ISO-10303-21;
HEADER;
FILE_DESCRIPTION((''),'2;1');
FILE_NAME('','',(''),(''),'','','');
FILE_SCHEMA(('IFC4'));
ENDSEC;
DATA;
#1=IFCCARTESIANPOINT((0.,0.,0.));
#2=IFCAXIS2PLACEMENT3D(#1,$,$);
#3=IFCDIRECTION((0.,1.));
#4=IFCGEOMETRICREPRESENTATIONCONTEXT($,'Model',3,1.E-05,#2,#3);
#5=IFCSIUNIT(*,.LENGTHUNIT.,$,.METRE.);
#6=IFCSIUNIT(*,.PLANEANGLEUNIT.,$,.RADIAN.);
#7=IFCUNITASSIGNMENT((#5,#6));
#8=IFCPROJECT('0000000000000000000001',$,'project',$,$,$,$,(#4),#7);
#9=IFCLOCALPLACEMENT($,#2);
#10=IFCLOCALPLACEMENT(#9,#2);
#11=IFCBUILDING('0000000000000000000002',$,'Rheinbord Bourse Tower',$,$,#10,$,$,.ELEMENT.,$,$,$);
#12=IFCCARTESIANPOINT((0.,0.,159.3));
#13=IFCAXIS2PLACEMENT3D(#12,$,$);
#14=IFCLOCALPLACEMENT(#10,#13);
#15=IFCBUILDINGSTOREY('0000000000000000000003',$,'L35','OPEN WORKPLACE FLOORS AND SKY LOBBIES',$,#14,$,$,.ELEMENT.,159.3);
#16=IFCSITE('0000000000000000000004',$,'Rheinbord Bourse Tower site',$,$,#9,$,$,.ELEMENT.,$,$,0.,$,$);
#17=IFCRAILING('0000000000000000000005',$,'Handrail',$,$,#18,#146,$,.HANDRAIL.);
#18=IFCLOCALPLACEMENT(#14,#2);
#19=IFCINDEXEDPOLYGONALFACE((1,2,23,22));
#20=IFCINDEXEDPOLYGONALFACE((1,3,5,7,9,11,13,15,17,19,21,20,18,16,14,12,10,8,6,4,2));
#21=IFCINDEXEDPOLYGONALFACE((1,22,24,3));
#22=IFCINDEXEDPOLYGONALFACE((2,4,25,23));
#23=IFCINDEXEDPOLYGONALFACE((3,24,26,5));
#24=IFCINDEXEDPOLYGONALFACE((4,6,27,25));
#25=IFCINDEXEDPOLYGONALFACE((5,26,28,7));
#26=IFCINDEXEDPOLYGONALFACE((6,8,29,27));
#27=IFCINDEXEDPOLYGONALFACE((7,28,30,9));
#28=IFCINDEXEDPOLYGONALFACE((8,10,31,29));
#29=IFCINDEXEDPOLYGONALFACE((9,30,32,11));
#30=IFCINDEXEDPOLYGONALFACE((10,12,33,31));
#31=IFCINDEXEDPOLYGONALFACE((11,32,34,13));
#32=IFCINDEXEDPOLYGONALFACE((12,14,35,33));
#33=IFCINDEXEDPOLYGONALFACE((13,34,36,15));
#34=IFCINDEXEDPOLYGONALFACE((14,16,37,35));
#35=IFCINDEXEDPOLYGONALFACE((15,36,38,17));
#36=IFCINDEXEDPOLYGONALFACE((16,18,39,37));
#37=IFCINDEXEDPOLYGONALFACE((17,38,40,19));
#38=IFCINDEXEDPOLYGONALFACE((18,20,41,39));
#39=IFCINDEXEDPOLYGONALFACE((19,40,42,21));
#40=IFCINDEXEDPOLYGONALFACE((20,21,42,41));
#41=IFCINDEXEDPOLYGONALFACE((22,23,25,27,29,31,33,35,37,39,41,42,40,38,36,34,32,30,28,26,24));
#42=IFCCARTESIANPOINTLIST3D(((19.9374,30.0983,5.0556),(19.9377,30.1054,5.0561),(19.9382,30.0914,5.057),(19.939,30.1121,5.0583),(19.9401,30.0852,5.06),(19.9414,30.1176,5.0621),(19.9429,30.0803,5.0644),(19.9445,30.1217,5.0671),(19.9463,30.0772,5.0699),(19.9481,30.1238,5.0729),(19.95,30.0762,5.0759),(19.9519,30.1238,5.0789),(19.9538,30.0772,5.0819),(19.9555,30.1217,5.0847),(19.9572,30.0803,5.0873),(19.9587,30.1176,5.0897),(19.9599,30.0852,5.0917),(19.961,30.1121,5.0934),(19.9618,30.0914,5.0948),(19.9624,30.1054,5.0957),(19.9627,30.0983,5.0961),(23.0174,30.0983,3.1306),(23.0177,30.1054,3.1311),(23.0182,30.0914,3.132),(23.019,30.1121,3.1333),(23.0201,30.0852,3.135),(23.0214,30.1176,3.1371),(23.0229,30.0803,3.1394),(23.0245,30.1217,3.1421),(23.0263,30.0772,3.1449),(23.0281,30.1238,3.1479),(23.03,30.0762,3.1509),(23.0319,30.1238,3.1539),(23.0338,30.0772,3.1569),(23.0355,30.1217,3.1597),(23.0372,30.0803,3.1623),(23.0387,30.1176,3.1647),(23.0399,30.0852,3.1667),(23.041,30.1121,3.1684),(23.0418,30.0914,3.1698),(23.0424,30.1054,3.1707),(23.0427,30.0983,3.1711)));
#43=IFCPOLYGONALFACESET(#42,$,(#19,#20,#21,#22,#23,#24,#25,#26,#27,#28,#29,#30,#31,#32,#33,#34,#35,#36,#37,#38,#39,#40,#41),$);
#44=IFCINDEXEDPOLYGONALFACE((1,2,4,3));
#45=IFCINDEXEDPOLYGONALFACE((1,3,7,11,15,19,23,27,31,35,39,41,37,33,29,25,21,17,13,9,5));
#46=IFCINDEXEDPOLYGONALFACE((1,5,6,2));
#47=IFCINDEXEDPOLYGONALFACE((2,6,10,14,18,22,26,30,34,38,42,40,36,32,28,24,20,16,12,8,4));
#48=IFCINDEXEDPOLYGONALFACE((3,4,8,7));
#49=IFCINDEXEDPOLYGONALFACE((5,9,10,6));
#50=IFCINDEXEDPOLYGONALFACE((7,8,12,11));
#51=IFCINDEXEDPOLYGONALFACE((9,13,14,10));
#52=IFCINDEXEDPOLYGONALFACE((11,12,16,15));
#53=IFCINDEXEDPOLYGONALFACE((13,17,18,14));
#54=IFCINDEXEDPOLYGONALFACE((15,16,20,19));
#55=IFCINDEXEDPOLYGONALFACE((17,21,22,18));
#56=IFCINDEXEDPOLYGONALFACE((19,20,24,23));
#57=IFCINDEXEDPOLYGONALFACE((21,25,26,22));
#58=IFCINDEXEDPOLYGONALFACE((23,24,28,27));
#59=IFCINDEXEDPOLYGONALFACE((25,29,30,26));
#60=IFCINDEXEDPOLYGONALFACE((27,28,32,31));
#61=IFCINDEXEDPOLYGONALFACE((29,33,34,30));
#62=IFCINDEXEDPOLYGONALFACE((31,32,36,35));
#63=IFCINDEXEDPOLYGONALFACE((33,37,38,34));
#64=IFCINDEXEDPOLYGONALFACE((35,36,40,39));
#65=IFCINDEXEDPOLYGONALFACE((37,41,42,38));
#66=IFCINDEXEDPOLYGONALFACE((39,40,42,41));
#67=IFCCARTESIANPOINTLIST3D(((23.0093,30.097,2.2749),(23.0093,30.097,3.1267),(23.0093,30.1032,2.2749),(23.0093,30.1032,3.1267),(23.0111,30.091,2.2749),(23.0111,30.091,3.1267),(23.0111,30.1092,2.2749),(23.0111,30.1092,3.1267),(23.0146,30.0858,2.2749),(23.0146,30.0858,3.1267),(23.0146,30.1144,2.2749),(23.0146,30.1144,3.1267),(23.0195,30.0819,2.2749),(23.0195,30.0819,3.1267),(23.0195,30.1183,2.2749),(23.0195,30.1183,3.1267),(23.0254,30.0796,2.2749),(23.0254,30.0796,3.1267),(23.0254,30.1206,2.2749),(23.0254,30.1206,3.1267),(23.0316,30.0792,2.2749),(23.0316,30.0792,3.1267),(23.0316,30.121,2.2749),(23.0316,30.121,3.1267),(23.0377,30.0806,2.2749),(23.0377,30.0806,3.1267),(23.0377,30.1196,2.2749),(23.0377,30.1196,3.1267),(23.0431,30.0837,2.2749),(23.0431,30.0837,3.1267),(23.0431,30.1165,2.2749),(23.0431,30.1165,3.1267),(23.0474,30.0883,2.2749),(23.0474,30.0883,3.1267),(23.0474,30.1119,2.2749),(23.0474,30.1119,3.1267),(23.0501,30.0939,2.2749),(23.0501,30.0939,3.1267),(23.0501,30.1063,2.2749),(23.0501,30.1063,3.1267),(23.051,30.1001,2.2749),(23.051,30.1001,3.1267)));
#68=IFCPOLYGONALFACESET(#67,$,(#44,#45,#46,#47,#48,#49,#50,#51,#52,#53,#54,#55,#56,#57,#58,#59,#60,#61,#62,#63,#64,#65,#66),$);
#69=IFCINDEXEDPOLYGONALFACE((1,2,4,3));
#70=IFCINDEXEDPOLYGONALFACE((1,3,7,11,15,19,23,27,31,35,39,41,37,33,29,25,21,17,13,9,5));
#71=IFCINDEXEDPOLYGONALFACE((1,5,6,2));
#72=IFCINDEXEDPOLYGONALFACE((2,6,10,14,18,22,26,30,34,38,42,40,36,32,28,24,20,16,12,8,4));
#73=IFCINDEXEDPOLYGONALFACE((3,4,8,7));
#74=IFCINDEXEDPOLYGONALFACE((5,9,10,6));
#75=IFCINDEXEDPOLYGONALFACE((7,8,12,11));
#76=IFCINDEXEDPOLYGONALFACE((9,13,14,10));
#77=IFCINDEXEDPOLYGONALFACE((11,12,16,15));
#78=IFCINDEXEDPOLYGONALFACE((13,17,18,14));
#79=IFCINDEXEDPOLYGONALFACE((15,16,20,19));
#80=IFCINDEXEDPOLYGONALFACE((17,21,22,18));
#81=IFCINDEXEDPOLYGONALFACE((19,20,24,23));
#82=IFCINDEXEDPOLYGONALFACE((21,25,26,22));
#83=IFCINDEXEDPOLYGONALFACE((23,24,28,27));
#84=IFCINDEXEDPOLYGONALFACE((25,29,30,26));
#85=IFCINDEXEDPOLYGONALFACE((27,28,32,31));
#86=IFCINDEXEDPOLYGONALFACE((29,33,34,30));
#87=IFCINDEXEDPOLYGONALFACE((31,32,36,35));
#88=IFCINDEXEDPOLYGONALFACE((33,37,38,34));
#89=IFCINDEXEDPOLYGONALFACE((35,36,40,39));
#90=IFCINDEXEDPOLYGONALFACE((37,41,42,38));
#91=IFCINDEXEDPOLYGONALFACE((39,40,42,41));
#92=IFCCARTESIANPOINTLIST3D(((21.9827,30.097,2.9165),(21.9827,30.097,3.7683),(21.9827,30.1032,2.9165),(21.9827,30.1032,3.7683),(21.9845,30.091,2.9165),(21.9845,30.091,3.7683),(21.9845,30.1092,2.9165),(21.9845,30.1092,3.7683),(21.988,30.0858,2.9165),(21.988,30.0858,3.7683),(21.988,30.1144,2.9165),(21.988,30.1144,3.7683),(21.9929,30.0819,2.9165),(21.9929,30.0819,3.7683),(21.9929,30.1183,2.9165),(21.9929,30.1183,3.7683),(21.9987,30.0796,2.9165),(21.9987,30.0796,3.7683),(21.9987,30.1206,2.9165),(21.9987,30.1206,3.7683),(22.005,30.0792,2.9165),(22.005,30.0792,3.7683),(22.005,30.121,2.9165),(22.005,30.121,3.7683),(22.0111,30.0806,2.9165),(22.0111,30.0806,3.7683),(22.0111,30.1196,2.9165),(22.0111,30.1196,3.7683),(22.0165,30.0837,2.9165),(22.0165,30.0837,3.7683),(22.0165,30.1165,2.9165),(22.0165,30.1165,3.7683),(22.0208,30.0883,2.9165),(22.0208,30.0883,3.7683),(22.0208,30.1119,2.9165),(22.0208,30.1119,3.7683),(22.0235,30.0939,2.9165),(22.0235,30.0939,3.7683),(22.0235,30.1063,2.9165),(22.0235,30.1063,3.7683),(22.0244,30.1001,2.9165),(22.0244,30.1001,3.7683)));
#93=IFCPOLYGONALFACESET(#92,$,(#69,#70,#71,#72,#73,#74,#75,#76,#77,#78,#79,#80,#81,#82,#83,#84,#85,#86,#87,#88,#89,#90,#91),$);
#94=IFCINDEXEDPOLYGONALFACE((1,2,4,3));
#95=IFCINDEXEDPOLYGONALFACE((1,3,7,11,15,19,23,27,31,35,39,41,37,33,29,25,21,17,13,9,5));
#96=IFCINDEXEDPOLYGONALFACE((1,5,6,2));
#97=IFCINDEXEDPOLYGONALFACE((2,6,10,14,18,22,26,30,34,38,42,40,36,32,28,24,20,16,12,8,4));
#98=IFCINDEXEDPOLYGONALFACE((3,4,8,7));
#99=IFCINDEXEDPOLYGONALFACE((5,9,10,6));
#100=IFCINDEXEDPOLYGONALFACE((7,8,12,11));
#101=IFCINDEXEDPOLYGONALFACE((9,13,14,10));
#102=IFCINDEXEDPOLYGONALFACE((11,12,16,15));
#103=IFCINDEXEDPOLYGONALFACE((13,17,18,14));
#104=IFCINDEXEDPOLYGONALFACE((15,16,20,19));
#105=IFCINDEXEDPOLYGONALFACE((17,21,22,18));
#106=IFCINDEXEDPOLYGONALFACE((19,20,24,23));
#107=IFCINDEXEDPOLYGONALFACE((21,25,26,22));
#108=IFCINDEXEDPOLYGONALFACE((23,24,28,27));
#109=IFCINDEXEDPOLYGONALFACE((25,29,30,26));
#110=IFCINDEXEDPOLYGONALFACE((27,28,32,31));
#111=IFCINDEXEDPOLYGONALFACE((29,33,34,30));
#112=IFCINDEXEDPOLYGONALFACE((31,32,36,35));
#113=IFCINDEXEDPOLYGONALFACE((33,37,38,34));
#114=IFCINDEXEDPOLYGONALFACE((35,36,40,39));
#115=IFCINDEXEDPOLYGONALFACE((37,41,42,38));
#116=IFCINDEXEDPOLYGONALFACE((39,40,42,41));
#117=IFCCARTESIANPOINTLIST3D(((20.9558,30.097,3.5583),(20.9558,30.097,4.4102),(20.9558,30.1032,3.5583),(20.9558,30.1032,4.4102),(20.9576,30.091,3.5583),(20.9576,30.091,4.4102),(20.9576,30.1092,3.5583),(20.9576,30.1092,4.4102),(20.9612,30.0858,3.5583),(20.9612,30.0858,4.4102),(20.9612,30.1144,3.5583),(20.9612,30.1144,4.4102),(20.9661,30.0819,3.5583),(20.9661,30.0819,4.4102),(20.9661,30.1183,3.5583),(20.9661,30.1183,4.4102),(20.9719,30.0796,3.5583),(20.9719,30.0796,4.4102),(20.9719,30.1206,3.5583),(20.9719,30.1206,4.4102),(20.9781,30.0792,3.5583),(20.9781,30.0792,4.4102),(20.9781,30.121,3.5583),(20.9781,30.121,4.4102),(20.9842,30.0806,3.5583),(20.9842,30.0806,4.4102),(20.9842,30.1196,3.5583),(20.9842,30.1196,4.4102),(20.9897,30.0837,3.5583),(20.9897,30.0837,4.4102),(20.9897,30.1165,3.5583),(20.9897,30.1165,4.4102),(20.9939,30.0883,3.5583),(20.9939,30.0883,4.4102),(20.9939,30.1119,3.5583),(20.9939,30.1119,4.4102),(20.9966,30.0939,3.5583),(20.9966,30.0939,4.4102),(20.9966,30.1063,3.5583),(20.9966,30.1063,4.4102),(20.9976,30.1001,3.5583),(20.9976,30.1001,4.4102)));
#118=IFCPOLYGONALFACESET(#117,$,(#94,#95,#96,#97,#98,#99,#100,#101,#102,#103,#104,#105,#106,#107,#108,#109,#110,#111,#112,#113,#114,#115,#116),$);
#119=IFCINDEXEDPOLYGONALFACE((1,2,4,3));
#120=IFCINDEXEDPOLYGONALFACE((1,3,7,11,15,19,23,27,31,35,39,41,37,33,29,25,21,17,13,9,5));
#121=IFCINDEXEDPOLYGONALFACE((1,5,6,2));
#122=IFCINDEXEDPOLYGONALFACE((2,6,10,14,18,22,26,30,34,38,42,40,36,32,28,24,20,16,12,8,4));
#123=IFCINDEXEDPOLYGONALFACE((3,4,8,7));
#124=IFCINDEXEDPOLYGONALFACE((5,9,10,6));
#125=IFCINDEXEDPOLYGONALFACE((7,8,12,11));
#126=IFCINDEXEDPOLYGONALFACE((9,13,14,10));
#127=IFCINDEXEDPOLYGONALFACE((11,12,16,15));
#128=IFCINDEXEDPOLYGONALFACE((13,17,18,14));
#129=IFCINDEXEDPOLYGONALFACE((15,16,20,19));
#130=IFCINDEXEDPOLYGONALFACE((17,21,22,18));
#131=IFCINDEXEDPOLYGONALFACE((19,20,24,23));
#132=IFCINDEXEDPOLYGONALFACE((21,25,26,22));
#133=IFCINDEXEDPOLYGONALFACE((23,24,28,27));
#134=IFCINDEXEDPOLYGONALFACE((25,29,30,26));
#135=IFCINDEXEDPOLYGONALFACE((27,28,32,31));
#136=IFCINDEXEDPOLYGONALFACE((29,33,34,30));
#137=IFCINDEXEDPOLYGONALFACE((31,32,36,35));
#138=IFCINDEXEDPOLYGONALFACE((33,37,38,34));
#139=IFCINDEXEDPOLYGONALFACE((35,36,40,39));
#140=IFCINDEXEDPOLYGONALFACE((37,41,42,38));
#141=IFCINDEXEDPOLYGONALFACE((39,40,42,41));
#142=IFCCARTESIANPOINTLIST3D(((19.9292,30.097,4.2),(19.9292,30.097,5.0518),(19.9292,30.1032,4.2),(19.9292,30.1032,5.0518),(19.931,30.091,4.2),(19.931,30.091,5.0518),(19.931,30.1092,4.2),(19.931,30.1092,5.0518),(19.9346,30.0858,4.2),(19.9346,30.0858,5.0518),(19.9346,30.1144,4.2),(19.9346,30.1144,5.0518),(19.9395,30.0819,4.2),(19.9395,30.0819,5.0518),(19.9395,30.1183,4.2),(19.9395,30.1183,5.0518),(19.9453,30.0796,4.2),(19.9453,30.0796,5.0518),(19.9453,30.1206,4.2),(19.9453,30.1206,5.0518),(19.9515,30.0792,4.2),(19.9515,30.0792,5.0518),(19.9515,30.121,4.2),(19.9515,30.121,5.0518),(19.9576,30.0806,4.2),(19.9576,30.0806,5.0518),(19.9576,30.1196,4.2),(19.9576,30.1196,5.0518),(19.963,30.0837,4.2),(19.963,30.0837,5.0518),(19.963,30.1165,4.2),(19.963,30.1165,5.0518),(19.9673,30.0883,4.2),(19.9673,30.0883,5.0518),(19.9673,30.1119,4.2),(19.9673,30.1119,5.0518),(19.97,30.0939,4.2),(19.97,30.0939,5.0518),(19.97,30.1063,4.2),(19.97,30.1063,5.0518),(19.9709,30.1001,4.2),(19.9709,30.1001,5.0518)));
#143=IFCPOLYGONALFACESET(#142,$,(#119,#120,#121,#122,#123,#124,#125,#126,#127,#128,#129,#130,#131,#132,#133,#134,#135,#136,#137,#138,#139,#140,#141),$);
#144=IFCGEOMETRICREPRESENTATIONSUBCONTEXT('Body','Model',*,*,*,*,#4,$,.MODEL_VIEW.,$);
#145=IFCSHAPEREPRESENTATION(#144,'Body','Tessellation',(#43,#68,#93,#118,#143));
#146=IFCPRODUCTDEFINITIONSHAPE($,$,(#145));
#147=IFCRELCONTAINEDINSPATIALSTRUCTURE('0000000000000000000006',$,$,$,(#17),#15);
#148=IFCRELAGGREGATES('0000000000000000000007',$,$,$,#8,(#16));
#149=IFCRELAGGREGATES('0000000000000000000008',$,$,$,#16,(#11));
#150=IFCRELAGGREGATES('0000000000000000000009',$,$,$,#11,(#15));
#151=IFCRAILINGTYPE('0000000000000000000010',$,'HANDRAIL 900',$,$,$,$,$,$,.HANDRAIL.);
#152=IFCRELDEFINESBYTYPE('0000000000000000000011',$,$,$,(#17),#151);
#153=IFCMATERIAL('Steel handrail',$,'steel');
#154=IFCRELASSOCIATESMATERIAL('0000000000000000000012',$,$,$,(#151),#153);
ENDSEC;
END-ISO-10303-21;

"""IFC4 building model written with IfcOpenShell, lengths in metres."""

from ifc_helpers import new_model, si_unit, direction, frame, origin, origin_2d, place, context, subcontext, project, spatial, circle, extrude, material, type_object, element, save


model = new_model("IFC4")

# Units and contexts
model_context = context("Model", 3, precision=1e-05, world=origin(), true_north=direction((0.0, 1.0)))
body_context = subcontext(model_context, "Body", "Model", "MODEL_VIEW")
ifc_project = project(units=[si_unit("LENGTHUNIT", "METRE"), si_unit("PLANEANGLEUNIT", "RADIAN")], contexts=[model_context])

# Site, building, storey
site_placement = place(None, origin())
site = spatial("IfcSite", under=ifc_project, at=site_placement, Name="Rheinbord Bourse Tower site", CompositionType="ELEMENT", RefElevation=0.0)
building_placement = place(site_placement, origin())
building = spatial("IfcBuilding", under=site, at=building_placement, Name="Rheinbord Bourse Tower", CompositionType="ELEMENT")
storey_placement = place(building_placement, frame((0.0, 0.0, 159.3)))
storey = spatial("IfcBuildingStorey", under=building, at=storey_placement, Name="L35", Description="OPEN WORKPLACE FLOORS AND SKY LOBBIES", CompositionType="ELEMENT", Elevation=159.3)

# Railing
ifc_material_1 = material(Name="Steel handrail", Category="steel")
railing_type = type_object("IfcRailingType", Name="HANDRAIL 900", PredefinedType="HANDRAIL", material=ifc_material_1)
railing_1_placement = place(storey_placement, frame((23.03, 30.1001, 2.2749)))
element("IfcRailing", 1, at=railing_1_placement, inside=storey, type_object=railing_type, Name="Handrail", PredefinedType="HANDRAIL", context=body_context, shape_type="SweptSolid", body=[
    extrude(circle(Radius=0.0239, at=origin_2d()), frame((0.0, 0.0, 0.876), z_axis=(-0.847998, 0.0, 0.529999), x_axis=(0.0, -1.0, 0.0)), (0.0, 0.0, 1.0), 3.6321),
    extrude(circle(Radius=0.021, at=origin_2d()), origin(), (0.0, 0.0, 1.0), 0.8518),
    extrude(circle(Radius=0.021, at=origin_2d()), frame((-1.0266, 0.0, 0.6416)), (0.0, 0.0, 1.0), 0.8518),
    extrude(circle(Radius=0.021, at=origin_2d()), frame((-2.0535, 0.0, 1.2834)), (0.0, 0.0, 1.0), 0.8518),
    extrude(circle(Radius=0.021, at=origin_2d()), frame((-3.0801, 0.0, 1.925)), (0.0, 0.0, 1.0), 0.8518),
])

save(model, "model.ifc")
